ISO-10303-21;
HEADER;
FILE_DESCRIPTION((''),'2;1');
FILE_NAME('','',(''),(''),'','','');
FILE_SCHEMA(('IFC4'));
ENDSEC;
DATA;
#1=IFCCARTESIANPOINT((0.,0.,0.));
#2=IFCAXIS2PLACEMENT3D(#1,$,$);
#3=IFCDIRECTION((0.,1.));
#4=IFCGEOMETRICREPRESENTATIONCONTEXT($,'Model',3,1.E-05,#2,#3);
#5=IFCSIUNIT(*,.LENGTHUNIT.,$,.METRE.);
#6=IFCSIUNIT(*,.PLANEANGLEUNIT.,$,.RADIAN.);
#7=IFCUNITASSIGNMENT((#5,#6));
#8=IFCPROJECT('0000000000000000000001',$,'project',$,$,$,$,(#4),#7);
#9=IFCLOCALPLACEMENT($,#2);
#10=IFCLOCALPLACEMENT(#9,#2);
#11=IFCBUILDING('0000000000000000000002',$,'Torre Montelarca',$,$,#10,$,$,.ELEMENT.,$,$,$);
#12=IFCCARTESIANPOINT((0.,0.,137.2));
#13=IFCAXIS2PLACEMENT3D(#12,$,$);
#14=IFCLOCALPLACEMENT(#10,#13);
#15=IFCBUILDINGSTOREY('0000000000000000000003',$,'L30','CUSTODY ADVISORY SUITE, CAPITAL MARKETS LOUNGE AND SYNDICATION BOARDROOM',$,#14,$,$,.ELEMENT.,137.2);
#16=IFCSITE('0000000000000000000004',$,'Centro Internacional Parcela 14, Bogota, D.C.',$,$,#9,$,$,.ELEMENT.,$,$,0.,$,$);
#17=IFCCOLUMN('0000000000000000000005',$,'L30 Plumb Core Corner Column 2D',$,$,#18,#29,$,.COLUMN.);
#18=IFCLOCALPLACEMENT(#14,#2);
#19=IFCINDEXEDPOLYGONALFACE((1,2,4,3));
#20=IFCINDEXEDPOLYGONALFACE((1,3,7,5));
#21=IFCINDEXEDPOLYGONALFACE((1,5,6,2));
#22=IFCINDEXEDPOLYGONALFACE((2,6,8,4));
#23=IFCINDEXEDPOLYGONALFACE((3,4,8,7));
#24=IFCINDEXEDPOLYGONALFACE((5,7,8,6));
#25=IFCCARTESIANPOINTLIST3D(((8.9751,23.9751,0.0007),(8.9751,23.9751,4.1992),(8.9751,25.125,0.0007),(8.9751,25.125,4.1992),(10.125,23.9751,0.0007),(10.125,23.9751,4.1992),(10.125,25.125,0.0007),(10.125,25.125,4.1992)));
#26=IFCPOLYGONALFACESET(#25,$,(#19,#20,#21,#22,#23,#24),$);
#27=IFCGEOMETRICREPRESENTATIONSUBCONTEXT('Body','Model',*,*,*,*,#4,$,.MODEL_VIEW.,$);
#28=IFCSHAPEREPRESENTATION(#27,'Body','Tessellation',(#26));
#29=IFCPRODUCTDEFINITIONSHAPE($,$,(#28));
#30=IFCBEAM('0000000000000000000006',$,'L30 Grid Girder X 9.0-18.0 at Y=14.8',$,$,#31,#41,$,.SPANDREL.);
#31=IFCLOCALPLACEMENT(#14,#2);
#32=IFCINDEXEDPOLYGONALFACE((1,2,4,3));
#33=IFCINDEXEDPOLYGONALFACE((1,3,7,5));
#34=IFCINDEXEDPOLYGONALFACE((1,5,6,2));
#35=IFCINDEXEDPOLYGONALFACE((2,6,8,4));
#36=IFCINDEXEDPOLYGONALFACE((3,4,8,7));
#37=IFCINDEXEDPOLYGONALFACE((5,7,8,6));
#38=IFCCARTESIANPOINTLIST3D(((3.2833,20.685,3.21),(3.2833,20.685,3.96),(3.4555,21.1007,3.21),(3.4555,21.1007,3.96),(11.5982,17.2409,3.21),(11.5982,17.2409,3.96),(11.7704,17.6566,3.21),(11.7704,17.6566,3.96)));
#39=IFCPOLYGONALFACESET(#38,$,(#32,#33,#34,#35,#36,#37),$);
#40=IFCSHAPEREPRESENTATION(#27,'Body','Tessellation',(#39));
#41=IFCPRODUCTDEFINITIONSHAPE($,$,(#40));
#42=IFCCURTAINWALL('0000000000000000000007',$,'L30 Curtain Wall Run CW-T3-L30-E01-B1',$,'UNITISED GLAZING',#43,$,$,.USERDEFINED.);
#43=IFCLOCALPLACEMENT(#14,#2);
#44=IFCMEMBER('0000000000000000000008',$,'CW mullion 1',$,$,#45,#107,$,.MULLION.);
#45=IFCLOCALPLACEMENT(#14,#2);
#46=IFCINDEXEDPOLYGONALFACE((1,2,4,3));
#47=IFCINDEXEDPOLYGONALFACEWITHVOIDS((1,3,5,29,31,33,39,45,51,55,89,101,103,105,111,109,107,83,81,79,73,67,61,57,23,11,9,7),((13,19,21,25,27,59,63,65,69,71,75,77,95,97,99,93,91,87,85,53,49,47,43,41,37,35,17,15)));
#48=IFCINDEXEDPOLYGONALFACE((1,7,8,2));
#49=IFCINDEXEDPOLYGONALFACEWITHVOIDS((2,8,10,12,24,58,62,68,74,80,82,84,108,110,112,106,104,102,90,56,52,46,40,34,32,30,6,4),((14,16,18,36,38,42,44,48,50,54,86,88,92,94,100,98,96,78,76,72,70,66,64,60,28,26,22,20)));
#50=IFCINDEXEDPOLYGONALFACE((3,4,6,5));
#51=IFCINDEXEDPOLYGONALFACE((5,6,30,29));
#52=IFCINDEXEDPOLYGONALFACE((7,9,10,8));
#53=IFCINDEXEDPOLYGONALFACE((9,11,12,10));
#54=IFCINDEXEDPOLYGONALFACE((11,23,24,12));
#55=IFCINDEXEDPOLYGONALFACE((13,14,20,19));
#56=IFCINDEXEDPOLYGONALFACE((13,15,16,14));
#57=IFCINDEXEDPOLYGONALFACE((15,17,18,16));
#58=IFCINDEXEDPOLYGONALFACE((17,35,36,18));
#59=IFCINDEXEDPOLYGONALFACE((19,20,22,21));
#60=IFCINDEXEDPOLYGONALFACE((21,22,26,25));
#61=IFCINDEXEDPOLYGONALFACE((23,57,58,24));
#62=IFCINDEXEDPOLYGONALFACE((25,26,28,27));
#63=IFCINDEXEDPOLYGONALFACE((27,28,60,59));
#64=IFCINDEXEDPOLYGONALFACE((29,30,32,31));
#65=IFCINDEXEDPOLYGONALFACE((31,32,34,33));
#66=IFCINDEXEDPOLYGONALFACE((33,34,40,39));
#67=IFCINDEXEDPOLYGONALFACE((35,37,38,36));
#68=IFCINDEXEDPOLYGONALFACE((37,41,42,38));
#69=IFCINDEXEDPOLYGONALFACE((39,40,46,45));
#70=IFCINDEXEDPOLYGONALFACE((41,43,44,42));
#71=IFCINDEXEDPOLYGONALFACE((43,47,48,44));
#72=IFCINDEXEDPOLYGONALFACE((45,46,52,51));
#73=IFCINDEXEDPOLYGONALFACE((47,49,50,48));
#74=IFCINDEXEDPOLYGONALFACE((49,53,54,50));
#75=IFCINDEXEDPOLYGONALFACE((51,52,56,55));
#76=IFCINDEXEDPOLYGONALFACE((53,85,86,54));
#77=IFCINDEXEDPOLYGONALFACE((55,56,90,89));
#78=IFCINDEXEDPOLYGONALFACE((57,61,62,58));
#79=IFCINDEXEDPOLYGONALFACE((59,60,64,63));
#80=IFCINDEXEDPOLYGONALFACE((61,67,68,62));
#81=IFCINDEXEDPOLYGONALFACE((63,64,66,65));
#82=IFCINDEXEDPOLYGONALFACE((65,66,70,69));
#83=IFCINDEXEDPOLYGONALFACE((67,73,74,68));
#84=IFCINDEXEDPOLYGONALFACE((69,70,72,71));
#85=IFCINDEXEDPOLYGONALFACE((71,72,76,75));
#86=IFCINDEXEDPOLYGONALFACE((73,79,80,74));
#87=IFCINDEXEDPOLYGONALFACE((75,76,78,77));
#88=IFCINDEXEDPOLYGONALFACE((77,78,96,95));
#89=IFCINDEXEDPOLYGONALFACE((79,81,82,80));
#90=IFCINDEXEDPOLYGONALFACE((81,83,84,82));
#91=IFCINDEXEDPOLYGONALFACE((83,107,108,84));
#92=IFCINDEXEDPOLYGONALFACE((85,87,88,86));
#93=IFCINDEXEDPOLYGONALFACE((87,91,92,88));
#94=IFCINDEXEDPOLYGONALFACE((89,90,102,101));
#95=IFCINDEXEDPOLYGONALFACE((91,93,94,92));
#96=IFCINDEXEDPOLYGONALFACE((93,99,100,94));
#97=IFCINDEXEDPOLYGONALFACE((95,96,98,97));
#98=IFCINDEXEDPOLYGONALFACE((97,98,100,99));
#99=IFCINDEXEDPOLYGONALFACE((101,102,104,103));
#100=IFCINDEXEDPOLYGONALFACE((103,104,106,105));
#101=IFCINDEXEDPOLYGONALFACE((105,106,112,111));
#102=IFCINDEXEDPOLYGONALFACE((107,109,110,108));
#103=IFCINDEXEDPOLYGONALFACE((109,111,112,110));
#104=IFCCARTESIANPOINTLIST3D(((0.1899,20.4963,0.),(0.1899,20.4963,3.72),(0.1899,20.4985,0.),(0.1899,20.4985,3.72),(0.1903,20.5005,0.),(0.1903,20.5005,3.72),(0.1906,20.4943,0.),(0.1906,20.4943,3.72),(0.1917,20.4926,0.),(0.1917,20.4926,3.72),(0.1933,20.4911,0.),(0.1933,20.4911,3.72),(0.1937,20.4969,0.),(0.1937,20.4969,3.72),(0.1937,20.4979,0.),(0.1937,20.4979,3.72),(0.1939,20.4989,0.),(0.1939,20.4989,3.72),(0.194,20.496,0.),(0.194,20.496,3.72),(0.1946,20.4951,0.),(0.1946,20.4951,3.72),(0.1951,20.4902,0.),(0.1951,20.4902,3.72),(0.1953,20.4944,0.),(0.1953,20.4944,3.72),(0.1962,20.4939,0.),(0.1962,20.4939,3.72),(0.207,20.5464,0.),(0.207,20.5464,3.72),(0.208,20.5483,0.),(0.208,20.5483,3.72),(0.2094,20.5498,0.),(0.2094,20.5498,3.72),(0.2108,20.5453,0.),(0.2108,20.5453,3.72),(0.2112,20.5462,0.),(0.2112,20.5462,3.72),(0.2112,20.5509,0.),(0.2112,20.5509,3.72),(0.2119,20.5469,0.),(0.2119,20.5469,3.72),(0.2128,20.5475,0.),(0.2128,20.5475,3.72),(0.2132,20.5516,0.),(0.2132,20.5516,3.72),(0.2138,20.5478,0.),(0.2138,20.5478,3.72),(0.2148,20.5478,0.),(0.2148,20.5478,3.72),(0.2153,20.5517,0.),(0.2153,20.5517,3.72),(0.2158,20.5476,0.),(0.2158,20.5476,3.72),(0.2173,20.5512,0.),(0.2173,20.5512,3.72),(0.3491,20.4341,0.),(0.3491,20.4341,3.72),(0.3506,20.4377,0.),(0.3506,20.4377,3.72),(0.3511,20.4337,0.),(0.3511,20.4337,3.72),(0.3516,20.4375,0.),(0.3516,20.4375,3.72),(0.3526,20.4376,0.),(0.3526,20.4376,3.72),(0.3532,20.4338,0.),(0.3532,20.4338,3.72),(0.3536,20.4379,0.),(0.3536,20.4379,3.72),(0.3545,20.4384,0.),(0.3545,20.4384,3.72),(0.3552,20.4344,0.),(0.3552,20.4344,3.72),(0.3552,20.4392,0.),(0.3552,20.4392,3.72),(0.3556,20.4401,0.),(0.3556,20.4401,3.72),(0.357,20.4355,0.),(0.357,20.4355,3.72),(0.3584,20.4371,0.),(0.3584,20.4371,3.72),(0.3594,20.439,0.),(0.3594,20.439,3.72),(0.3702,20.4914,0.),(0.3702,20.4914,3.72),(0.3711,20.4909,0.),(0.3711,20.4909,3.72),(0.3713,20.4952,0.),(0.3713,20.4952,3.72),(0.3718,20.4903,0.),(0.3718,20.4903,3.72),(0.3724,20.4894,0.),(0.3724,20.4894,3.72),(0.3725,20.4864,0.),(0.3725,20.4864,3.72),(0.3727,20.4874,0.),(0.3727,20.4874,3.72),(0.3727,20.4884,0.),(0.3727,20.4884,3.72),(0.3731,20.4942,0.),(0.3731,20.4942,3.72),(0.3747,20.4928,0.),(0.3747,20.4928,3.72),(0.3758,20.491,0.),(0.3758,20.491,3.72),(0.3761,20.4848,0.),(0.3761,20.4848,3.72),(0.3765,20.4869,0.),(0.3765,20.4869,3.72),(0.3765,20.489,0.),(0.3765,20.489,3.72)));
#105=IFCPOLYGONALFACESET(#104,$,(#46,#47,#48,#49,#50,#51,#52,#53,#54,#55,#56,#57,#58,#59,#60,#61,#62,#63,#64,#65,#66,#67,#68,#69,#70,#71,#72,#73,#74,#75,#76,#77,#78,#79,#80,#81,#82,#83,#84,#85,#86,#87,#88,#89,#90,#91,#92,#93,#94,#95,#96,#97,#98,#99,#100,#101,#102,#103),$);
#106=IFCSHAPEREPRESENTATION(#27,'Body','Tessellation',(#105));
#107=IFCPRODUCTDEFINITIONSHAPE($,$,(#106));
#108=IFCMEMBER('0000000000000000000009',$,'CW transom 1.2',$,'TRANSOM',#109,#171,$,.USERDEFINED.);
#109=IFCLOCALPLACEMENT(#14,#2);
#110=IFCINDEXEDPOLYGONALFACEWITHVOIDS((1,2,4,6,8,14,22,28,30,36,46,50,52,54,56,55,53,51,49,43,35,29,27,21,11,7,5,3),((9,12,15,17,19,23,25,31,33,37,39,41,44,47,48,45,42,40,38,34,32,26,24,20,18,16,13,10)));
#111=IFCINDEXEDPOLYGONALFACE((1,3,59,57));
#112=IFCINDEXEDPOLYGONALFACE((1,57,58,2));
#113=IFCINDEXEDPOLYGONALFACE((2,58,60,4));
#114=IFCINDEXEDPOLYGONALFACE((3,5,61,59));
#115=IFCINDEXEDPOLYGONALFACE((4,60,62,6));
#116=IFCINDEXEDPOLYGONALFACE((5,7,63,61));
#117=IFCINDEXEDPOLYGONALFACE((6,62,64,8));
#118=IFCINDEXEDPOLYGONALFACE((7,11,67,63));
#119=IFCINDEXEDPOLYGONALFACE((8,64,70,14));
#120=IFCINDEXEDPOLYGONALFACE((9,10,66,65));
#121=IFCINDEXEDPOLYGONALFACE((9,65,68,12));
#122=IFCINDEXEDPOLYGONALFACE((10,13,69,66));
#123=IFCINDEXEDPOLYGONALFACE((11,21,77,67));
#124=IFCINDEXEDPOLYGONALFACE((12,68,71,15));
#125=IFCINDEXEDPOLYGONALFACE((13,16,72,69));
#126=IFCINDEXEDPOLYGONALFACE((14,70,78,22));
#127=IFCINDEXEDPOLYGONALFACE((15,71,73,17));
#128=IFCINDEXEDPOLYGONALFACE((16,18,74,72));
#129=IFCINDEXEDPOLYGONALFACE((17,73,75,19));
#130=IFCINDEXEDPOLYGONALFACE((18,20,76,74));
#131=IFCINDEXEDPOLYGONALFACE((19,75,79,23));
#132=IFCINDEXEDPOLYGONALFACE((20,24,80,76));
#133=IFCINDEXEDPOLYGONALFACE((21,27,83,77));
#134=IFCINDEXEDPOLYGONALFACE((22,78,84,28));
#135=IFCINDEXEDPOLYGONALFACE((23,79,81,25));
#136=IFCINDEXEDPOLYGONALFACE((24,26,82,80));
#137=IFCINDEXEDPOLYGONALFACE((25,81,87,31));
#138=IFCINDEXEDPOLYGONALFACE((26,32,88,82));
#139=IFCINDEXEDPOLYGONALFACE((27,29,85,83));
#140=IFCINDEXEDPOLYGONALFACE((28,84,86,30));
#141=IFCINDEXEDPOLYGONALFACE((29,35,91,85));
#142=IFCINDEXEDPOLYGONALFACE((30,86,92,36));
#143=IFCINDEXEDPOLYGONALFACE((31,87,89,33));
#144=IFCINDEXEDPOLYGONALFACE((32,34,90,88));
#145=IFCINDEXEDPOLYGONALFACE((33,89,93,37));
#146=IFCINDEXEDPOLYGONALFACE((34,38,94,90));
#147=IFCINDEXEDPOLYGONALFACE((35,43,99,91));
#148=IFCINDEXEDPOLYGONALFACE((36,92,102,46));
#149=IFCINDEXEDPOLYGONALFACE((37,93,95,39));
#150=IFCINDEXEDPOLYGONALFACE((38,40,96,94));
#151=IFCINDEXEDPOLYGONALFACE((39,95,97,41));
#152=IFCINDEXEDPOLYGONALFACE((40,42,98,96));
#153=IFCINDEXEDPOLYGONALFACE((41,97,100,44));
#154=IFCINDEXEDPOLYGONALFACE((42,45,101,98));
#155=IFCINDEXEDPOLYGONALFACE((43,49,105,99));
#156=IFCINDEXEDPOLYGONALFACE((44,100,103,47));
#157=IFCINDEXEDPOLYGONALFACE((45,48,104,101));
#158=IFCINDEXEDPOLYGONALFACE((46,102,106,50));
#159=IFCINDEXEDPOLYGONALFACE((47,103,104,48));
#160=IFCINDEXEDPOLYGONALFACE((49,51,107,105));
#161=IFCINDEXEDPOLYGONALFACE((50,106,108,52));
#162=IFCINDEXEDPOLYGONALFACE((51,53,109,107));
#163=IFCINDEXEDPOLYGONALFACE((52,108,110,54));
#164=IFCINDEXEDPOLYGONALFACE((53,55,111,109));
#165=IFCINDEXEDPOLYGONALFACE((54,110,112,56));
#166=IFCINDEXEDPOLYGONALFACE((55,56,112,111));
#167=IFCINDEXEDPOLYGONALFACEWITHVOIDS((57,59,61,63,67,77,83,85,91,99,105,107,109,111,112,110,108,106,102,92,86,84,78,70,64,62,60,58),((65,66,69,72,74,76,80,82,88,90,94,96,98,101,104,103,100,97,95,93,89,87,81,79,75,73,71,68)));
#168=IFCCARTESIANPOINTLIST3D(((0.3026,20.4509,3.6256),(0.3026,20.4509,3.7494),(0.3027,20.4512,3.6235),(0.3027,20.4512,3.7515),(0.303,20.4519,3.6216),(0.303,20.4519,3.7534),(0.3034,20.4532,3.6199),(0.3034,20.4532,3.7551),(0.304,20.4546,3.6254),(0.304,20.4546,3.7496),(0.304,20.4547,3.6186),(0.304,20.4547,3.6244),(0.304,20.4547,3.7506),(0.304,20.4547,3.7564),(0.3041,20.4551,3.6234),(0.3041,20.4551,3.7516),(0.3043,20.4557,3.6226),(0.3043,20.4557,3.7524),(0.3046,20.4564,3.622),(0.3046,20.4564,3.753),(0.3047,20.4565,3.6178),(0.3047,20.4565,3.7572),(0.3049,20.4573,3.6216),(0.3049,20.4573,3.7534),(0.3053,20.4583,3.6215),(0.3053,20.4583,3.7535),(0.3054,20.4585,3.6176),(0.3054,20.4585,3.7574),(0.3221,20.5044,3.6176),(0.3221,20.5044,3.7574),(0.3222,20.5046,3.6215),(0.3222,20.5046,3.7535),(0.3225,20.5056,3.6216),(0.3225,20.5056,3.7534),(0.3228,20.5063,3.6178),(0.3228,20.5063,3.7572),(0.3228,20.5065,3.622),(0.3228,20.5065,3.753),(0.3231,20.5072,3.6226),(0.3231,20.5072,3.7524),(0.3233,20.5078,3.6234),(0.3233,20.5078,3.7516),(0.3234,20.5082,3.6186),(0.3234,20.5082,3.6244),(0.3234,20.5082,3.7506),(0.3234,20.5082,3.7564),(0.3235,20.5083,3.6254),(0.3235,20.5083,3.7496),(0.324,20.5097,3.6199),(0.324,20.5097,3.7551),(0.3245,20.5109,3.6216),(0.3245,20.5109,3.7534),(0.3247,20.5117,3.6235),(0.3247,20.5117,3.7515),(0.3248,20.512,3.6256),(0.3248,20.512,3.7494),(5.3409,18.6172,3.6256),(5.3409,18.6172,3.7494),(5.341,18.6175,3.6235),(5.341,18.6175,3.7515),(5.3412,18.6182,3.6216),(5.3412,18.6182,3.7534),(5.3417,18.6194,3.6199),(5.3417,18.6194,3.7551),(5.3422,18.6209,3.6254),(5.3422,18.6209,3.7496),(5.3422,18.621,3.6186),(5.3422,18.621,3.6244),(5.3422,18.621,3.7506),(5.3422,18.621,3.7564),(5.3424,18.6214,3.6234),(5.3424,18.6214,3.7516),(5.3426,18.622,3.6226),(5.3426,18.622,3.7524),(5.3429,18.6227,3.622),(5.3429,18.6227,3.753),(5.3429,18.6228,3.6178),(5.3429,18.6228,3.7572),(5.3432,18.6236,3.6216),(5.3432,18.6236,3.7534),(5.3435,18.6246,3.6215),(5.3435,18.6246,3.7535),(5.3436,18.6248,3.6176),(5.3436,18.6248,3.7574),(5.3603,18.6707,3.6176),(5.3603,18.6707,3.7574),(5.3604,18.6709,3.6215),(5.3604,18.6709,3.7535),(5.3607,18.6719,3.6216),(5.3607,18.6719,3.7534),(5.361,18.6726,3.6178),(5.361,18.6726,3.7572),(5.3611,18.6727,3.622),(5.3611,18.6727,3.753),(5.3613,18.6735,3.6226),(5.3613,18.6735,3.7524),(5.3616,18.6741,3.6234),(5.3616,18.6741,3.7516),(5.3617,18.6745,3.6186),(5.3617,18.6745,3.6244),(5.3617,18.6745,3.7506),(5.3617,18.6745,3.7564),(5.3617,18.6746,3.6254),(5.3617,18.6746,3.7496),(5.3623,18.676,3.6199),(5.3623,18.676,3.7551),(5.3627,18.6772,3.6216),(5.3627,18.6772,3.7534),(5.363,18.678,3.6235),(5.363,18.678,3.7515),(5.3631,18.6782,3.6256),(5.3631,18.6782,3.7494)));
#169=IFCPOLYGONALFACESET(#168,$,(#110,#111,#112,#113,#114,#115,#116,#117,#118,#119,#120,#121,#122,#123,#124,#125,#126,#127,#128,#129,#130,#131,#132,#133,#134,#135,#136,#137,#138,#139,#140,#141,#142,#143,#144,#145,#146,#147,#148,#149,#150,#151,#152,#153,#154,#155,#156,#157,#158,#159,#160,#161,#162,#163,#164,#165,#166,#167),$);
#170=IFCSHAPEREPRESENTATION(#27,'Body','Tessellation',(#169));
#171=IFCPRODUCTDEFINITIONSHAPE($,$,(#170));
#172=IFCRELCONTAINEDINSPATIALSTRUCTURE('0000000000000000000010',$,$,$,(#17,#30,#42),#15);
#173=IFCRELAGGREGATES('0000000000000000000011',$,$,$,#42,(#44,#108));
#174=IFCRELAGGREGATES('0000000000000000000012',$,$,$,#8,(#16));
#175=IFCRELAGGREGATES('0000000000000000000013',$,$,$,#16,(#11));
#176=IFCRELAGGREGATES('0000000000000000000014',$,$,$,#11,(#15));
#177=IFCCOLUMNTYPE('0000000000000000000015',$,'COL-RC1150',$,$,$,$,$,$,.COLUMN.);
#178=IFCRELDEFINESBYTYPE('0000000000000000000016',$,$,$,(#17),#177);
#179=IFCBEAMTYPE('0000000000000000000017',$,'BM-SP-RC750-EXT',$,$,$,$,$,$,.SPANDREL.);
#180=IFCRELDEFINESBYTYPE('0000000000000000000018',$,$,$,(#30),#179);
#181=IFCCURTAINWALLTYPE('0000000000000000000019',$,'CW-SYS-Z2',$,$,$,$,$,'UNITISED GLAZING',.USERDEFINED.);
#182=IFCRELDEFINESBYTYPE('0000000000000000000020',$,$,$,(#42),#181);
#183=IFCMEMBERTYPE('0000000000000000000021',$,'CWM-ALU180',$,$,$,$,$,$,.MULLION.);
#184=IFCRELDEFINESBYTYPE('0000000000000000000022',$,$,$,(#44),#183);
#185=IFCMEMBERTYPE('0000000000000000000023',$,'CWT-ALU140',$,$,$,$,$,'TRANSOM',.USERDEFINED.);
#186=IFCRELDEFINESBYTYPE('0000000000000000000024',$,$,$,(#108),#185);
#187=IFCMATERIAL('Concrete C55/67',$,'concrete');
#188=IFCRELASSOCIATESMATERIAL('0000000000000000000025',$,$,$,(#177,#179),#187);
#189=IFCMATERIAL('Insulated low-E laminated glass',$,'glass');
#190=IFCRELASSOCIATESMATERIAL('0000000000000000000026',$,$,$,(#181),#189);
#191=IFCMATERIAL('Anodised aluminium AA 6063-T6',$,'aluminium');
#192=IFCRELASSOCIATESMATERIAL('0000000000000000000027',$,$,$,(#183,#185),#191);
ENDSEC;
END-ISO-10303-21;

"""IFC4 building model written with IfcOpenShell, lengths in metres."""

from ifc_helpers import new_model, si_unit, direction, frame, origin, origin_2d, place, context, subcontext, project, spatial, rectangle, hollow_rectangle, extrude, source, transform, mapped, material, material_profile, profile_set, type_object, element, aggregate, save


model = new_model("IFC4")

# Units and contexts
model_context = context("Model", 3, precision=1e-05, world=origin(), true_north=direction((0.0, 1.0)))
body_context = subcontext(model_context, "Body", "Model", "MODEL_VIEW")
ifc_project = project(units=[si_unit("LENGTHUNIT", "METRE"), si_unit("PLANEANGLEUNIT", "RADIAN")], contexts=[model_context])

# Site, building, storey
site_placement = place(None, origin())
site = spatial("IfcSite", under=ifc_project, at=site_placement, Name="Centro Internacional Parcela 14, Bogota, D.C.", CompositionType="ELEMENT", RefElevation=0.0)
building_placement = place(site_placement, origin())
building = spatial("IfcBuilding", under=site, at=building_placement, Name="Torre Montelarca", CompositionType="ELEMENT")
storey_placement = place(building_placement, frame((0.0, 0.0, 137.2)))
storey = spatial("IfcBuildingStorey", under=building, at=storey_placement, Name="L30", Description="CUSTODY ADVISORY SUITE, CAPITAL MARKETS LOUNGE AND SYNDICATION BOARDROOM", CompositionType="ELEMENT", Elevation=137.2)

# Column
ifc_material_1 = material(Name="Concrete C55/67", Category="concrete")
ifc_material_profile_1 = material_profile(ifc_material_1, rectangle(XDim=1.1499, YDim=1.1499, at=origin_2d()), Name="RC1150X1150", Category="concrete")
ifc_profile_set_1 = profile_set([ifc_material_profile_1], Name="Concrete C55/67")
column_type_1 = type_object("IfcColumnType", Name="COL-RC1150", PredefinedType="COLUMN", material=ifc_profile_set_1)
shared_shape_1 = source(origin(), body_context, "Body", "SweptSolid", [
    extrude(rectangle(XDim=1.1499, YDim=1.1499, at=origin_2d()), origin(), (0.0, 0.0, 1.0), 4.1985),
])
column_1_placement = place(storey_placement, frame((9.55, 24.55, 0.0007), z_axis=(0.0, 0.0, 1.0), x_axis=(1.0, 0.0, 0.0)))
element("IfcColumn", 1, at=column_1_placement, inside=storey, type_object=column_type_1, Name="L30 Plumb Core Corner Column 2D", PredefinedType="COLUMN", context=body_context, shape_type="MappedRepresentation", body=[
    mapped(shared_shape_1, transform((0.0, 0.0, 0.0), scale=1.0)),
])

# Beam
ifc_material_profile_2 = material_profile(ifc_material_1, rectangle(XDim=0.45, YDim=0.75, at=origin_2d()), Name="RCB450X750", Category="concrete")
ifc_profile_set_2 = profile_set([ifc_material_profile_2], Name="Concrete C55/67")
beam_type = type_object("IfcBeamType", Name="BM-SP-RC750-EXT", PredefinedType="SPANDREL", material=ifc_profile_set_2)
shared_shape_2 = source(origin(), body_context, "Body", "SweptSolid", [
    extrude(rectangle(XDim=0.45, YDim=0.75, at=origin_2d()), origin(), (0.0, 0.0, 1.0), 9.0),
])
beam_placement = place(storey_placement, frame((3.3694, 20.8928, 3.585), z_axis=(0.923882, -0.382677, 0.0), x_axis=(0.382677, 0.923882, 0.0)))
element("IfcBeam", 2, at=beam_placement, inside=storey, type_object=beam_type, Name="L30 Grid Girder X 9.0-18.0 at Y=14.8", PredefinedType="SPANDREL", context=body_context, shape_type="MappedRepresentation", body=[
    mapped(shared_shape_2, transform((0.0, 0.0, 0.0), scale=1.0)),
])

# Curtain wall, members
ifc_material_2 = material(Name="Insulated low-E laminated glass", Category="glass")
curtain_wall_type = type_object("IfcCurtainWallType", Name="CW-SYS-Z2", ElementType="UNITISED GLAZING", PredefinedType="USERDEFINED", material=ifc_material_2)
curtain_wall_placement = place(storey_placement, origin())
curtain_wall = element("IfcCurtainWall", 3, at=curtain_wall_placement, inside=storey, type_object=curtain_wall_type, Name="L30 Curtain Wall Run CW-T3-L30-E01-B1", ObjectType="UNITISED GLAZING", PredefinedType="USERDEFINED")
ifc_material_3 = material(Name="Anodised aluminium AA 6063-T6", Category="aluminium")
ifc_material_profile_3 = material_profile(ifc_material_3, hollow_rectangle(XDim=0.0649, YDim=0.1799, WallThickness=0.0039, InnerFilletRadius=0.0039, OuterFilletRadius=0.0081, at=origin_2d()), Name="ALU65X180X4", Category="aluminium")
ifc_profile_set_3 = profile_set([ifc_material_profile_3], Name="Anodised aluminium AA 6063-T6")
member_type_1 = type_object("IfcMemberType", Name="CWM-ALU180", PredefinedType="MULLION", material=ifc_profile_set_3)
shared_shape_3 = source(origin(), body_context, "Body", "SweptSolid", [
    extrude(hollow_rectangle(XDim=0.0649, YDim=0.1799, WallThickness=0.0039, InnerFilletRadius=0.0039, OuterFilletRadius=0.0081, at=origin_2d()), origin(), (0.0, 0.0, 1.0), 3.72),
])
member_1_placement = place(storey_placement, frame((0.2832, 20.4927, 0.0), z_axis=(0.0, 0.0, 1.0), x_axis=(0.34202, 0.939693, 0.0)))
member_1 = element("IfcMember", 4, at=member_1_placement, type_object=member_type_1, Name="CW mullion 1", PredefinedType="MULLION", context=body_context, shape_type="MappedRepresentation", body=[
    mapped(shared_shape_3, transform((0.0, 0.0, 0.0), scale=1.0)),
])
ifc_material_profile_4 = material_profile(ifc_material_3, hollow_rectangle(XDim=0.0649, YDim=0.1399, WallThickness=0.0039, InnerFilletRadius=0.0039, OuterFilletRadius=0.0081, at=origin_2d()), Name="ALU65X140X4", Category="aluminium")
ifc_profile_set_4 = profile_set([ifc_material_profile_4], Name="Anodised aluminium AA 6063-T6")
member_type_2 = type_object("IfcMemberType", Name="CWT-ALU140", ElementType="TRANSOM", PredefinedType="USERDEFINED", material=ifc_profile_set_4)
shared_shape_4 = source(origin(), body_context, "Body", "SweptSolid", [
    extrude(hollow_rectangle(XDim=0.0649, YDim=0.1399, WallThickness=0.0039, InnerFilletRadius=0.0039, OuterFilletRadius=0.0081, at=origin_2d()), origin(), (0.0, 0.0, 1.0), 5.3616),
])
member_2_placement = place(storey_placement, frame((0.3137, 20.4814, 3.6875), z_axis=(0.939696, -0.34201, 0.0), x_axis=(0.34201, 0.939696, 0.0)))
member_2 = element("IfcMember", 5, at=member_2_placement, type_object=member_type_2, Name="CW transom 1.2", ObjectType="TRANSOM", PredefinedType="USERDEFINED", context=body_context, shape_type="MappedRepresentation", body=[
    mapped(shared_shape_4, transform((0.0, 0.0, 0.0), scale=1.0)),
])
aggregate(curtain_wall, [member_1, member_2])

save(model, "model.ifc")
